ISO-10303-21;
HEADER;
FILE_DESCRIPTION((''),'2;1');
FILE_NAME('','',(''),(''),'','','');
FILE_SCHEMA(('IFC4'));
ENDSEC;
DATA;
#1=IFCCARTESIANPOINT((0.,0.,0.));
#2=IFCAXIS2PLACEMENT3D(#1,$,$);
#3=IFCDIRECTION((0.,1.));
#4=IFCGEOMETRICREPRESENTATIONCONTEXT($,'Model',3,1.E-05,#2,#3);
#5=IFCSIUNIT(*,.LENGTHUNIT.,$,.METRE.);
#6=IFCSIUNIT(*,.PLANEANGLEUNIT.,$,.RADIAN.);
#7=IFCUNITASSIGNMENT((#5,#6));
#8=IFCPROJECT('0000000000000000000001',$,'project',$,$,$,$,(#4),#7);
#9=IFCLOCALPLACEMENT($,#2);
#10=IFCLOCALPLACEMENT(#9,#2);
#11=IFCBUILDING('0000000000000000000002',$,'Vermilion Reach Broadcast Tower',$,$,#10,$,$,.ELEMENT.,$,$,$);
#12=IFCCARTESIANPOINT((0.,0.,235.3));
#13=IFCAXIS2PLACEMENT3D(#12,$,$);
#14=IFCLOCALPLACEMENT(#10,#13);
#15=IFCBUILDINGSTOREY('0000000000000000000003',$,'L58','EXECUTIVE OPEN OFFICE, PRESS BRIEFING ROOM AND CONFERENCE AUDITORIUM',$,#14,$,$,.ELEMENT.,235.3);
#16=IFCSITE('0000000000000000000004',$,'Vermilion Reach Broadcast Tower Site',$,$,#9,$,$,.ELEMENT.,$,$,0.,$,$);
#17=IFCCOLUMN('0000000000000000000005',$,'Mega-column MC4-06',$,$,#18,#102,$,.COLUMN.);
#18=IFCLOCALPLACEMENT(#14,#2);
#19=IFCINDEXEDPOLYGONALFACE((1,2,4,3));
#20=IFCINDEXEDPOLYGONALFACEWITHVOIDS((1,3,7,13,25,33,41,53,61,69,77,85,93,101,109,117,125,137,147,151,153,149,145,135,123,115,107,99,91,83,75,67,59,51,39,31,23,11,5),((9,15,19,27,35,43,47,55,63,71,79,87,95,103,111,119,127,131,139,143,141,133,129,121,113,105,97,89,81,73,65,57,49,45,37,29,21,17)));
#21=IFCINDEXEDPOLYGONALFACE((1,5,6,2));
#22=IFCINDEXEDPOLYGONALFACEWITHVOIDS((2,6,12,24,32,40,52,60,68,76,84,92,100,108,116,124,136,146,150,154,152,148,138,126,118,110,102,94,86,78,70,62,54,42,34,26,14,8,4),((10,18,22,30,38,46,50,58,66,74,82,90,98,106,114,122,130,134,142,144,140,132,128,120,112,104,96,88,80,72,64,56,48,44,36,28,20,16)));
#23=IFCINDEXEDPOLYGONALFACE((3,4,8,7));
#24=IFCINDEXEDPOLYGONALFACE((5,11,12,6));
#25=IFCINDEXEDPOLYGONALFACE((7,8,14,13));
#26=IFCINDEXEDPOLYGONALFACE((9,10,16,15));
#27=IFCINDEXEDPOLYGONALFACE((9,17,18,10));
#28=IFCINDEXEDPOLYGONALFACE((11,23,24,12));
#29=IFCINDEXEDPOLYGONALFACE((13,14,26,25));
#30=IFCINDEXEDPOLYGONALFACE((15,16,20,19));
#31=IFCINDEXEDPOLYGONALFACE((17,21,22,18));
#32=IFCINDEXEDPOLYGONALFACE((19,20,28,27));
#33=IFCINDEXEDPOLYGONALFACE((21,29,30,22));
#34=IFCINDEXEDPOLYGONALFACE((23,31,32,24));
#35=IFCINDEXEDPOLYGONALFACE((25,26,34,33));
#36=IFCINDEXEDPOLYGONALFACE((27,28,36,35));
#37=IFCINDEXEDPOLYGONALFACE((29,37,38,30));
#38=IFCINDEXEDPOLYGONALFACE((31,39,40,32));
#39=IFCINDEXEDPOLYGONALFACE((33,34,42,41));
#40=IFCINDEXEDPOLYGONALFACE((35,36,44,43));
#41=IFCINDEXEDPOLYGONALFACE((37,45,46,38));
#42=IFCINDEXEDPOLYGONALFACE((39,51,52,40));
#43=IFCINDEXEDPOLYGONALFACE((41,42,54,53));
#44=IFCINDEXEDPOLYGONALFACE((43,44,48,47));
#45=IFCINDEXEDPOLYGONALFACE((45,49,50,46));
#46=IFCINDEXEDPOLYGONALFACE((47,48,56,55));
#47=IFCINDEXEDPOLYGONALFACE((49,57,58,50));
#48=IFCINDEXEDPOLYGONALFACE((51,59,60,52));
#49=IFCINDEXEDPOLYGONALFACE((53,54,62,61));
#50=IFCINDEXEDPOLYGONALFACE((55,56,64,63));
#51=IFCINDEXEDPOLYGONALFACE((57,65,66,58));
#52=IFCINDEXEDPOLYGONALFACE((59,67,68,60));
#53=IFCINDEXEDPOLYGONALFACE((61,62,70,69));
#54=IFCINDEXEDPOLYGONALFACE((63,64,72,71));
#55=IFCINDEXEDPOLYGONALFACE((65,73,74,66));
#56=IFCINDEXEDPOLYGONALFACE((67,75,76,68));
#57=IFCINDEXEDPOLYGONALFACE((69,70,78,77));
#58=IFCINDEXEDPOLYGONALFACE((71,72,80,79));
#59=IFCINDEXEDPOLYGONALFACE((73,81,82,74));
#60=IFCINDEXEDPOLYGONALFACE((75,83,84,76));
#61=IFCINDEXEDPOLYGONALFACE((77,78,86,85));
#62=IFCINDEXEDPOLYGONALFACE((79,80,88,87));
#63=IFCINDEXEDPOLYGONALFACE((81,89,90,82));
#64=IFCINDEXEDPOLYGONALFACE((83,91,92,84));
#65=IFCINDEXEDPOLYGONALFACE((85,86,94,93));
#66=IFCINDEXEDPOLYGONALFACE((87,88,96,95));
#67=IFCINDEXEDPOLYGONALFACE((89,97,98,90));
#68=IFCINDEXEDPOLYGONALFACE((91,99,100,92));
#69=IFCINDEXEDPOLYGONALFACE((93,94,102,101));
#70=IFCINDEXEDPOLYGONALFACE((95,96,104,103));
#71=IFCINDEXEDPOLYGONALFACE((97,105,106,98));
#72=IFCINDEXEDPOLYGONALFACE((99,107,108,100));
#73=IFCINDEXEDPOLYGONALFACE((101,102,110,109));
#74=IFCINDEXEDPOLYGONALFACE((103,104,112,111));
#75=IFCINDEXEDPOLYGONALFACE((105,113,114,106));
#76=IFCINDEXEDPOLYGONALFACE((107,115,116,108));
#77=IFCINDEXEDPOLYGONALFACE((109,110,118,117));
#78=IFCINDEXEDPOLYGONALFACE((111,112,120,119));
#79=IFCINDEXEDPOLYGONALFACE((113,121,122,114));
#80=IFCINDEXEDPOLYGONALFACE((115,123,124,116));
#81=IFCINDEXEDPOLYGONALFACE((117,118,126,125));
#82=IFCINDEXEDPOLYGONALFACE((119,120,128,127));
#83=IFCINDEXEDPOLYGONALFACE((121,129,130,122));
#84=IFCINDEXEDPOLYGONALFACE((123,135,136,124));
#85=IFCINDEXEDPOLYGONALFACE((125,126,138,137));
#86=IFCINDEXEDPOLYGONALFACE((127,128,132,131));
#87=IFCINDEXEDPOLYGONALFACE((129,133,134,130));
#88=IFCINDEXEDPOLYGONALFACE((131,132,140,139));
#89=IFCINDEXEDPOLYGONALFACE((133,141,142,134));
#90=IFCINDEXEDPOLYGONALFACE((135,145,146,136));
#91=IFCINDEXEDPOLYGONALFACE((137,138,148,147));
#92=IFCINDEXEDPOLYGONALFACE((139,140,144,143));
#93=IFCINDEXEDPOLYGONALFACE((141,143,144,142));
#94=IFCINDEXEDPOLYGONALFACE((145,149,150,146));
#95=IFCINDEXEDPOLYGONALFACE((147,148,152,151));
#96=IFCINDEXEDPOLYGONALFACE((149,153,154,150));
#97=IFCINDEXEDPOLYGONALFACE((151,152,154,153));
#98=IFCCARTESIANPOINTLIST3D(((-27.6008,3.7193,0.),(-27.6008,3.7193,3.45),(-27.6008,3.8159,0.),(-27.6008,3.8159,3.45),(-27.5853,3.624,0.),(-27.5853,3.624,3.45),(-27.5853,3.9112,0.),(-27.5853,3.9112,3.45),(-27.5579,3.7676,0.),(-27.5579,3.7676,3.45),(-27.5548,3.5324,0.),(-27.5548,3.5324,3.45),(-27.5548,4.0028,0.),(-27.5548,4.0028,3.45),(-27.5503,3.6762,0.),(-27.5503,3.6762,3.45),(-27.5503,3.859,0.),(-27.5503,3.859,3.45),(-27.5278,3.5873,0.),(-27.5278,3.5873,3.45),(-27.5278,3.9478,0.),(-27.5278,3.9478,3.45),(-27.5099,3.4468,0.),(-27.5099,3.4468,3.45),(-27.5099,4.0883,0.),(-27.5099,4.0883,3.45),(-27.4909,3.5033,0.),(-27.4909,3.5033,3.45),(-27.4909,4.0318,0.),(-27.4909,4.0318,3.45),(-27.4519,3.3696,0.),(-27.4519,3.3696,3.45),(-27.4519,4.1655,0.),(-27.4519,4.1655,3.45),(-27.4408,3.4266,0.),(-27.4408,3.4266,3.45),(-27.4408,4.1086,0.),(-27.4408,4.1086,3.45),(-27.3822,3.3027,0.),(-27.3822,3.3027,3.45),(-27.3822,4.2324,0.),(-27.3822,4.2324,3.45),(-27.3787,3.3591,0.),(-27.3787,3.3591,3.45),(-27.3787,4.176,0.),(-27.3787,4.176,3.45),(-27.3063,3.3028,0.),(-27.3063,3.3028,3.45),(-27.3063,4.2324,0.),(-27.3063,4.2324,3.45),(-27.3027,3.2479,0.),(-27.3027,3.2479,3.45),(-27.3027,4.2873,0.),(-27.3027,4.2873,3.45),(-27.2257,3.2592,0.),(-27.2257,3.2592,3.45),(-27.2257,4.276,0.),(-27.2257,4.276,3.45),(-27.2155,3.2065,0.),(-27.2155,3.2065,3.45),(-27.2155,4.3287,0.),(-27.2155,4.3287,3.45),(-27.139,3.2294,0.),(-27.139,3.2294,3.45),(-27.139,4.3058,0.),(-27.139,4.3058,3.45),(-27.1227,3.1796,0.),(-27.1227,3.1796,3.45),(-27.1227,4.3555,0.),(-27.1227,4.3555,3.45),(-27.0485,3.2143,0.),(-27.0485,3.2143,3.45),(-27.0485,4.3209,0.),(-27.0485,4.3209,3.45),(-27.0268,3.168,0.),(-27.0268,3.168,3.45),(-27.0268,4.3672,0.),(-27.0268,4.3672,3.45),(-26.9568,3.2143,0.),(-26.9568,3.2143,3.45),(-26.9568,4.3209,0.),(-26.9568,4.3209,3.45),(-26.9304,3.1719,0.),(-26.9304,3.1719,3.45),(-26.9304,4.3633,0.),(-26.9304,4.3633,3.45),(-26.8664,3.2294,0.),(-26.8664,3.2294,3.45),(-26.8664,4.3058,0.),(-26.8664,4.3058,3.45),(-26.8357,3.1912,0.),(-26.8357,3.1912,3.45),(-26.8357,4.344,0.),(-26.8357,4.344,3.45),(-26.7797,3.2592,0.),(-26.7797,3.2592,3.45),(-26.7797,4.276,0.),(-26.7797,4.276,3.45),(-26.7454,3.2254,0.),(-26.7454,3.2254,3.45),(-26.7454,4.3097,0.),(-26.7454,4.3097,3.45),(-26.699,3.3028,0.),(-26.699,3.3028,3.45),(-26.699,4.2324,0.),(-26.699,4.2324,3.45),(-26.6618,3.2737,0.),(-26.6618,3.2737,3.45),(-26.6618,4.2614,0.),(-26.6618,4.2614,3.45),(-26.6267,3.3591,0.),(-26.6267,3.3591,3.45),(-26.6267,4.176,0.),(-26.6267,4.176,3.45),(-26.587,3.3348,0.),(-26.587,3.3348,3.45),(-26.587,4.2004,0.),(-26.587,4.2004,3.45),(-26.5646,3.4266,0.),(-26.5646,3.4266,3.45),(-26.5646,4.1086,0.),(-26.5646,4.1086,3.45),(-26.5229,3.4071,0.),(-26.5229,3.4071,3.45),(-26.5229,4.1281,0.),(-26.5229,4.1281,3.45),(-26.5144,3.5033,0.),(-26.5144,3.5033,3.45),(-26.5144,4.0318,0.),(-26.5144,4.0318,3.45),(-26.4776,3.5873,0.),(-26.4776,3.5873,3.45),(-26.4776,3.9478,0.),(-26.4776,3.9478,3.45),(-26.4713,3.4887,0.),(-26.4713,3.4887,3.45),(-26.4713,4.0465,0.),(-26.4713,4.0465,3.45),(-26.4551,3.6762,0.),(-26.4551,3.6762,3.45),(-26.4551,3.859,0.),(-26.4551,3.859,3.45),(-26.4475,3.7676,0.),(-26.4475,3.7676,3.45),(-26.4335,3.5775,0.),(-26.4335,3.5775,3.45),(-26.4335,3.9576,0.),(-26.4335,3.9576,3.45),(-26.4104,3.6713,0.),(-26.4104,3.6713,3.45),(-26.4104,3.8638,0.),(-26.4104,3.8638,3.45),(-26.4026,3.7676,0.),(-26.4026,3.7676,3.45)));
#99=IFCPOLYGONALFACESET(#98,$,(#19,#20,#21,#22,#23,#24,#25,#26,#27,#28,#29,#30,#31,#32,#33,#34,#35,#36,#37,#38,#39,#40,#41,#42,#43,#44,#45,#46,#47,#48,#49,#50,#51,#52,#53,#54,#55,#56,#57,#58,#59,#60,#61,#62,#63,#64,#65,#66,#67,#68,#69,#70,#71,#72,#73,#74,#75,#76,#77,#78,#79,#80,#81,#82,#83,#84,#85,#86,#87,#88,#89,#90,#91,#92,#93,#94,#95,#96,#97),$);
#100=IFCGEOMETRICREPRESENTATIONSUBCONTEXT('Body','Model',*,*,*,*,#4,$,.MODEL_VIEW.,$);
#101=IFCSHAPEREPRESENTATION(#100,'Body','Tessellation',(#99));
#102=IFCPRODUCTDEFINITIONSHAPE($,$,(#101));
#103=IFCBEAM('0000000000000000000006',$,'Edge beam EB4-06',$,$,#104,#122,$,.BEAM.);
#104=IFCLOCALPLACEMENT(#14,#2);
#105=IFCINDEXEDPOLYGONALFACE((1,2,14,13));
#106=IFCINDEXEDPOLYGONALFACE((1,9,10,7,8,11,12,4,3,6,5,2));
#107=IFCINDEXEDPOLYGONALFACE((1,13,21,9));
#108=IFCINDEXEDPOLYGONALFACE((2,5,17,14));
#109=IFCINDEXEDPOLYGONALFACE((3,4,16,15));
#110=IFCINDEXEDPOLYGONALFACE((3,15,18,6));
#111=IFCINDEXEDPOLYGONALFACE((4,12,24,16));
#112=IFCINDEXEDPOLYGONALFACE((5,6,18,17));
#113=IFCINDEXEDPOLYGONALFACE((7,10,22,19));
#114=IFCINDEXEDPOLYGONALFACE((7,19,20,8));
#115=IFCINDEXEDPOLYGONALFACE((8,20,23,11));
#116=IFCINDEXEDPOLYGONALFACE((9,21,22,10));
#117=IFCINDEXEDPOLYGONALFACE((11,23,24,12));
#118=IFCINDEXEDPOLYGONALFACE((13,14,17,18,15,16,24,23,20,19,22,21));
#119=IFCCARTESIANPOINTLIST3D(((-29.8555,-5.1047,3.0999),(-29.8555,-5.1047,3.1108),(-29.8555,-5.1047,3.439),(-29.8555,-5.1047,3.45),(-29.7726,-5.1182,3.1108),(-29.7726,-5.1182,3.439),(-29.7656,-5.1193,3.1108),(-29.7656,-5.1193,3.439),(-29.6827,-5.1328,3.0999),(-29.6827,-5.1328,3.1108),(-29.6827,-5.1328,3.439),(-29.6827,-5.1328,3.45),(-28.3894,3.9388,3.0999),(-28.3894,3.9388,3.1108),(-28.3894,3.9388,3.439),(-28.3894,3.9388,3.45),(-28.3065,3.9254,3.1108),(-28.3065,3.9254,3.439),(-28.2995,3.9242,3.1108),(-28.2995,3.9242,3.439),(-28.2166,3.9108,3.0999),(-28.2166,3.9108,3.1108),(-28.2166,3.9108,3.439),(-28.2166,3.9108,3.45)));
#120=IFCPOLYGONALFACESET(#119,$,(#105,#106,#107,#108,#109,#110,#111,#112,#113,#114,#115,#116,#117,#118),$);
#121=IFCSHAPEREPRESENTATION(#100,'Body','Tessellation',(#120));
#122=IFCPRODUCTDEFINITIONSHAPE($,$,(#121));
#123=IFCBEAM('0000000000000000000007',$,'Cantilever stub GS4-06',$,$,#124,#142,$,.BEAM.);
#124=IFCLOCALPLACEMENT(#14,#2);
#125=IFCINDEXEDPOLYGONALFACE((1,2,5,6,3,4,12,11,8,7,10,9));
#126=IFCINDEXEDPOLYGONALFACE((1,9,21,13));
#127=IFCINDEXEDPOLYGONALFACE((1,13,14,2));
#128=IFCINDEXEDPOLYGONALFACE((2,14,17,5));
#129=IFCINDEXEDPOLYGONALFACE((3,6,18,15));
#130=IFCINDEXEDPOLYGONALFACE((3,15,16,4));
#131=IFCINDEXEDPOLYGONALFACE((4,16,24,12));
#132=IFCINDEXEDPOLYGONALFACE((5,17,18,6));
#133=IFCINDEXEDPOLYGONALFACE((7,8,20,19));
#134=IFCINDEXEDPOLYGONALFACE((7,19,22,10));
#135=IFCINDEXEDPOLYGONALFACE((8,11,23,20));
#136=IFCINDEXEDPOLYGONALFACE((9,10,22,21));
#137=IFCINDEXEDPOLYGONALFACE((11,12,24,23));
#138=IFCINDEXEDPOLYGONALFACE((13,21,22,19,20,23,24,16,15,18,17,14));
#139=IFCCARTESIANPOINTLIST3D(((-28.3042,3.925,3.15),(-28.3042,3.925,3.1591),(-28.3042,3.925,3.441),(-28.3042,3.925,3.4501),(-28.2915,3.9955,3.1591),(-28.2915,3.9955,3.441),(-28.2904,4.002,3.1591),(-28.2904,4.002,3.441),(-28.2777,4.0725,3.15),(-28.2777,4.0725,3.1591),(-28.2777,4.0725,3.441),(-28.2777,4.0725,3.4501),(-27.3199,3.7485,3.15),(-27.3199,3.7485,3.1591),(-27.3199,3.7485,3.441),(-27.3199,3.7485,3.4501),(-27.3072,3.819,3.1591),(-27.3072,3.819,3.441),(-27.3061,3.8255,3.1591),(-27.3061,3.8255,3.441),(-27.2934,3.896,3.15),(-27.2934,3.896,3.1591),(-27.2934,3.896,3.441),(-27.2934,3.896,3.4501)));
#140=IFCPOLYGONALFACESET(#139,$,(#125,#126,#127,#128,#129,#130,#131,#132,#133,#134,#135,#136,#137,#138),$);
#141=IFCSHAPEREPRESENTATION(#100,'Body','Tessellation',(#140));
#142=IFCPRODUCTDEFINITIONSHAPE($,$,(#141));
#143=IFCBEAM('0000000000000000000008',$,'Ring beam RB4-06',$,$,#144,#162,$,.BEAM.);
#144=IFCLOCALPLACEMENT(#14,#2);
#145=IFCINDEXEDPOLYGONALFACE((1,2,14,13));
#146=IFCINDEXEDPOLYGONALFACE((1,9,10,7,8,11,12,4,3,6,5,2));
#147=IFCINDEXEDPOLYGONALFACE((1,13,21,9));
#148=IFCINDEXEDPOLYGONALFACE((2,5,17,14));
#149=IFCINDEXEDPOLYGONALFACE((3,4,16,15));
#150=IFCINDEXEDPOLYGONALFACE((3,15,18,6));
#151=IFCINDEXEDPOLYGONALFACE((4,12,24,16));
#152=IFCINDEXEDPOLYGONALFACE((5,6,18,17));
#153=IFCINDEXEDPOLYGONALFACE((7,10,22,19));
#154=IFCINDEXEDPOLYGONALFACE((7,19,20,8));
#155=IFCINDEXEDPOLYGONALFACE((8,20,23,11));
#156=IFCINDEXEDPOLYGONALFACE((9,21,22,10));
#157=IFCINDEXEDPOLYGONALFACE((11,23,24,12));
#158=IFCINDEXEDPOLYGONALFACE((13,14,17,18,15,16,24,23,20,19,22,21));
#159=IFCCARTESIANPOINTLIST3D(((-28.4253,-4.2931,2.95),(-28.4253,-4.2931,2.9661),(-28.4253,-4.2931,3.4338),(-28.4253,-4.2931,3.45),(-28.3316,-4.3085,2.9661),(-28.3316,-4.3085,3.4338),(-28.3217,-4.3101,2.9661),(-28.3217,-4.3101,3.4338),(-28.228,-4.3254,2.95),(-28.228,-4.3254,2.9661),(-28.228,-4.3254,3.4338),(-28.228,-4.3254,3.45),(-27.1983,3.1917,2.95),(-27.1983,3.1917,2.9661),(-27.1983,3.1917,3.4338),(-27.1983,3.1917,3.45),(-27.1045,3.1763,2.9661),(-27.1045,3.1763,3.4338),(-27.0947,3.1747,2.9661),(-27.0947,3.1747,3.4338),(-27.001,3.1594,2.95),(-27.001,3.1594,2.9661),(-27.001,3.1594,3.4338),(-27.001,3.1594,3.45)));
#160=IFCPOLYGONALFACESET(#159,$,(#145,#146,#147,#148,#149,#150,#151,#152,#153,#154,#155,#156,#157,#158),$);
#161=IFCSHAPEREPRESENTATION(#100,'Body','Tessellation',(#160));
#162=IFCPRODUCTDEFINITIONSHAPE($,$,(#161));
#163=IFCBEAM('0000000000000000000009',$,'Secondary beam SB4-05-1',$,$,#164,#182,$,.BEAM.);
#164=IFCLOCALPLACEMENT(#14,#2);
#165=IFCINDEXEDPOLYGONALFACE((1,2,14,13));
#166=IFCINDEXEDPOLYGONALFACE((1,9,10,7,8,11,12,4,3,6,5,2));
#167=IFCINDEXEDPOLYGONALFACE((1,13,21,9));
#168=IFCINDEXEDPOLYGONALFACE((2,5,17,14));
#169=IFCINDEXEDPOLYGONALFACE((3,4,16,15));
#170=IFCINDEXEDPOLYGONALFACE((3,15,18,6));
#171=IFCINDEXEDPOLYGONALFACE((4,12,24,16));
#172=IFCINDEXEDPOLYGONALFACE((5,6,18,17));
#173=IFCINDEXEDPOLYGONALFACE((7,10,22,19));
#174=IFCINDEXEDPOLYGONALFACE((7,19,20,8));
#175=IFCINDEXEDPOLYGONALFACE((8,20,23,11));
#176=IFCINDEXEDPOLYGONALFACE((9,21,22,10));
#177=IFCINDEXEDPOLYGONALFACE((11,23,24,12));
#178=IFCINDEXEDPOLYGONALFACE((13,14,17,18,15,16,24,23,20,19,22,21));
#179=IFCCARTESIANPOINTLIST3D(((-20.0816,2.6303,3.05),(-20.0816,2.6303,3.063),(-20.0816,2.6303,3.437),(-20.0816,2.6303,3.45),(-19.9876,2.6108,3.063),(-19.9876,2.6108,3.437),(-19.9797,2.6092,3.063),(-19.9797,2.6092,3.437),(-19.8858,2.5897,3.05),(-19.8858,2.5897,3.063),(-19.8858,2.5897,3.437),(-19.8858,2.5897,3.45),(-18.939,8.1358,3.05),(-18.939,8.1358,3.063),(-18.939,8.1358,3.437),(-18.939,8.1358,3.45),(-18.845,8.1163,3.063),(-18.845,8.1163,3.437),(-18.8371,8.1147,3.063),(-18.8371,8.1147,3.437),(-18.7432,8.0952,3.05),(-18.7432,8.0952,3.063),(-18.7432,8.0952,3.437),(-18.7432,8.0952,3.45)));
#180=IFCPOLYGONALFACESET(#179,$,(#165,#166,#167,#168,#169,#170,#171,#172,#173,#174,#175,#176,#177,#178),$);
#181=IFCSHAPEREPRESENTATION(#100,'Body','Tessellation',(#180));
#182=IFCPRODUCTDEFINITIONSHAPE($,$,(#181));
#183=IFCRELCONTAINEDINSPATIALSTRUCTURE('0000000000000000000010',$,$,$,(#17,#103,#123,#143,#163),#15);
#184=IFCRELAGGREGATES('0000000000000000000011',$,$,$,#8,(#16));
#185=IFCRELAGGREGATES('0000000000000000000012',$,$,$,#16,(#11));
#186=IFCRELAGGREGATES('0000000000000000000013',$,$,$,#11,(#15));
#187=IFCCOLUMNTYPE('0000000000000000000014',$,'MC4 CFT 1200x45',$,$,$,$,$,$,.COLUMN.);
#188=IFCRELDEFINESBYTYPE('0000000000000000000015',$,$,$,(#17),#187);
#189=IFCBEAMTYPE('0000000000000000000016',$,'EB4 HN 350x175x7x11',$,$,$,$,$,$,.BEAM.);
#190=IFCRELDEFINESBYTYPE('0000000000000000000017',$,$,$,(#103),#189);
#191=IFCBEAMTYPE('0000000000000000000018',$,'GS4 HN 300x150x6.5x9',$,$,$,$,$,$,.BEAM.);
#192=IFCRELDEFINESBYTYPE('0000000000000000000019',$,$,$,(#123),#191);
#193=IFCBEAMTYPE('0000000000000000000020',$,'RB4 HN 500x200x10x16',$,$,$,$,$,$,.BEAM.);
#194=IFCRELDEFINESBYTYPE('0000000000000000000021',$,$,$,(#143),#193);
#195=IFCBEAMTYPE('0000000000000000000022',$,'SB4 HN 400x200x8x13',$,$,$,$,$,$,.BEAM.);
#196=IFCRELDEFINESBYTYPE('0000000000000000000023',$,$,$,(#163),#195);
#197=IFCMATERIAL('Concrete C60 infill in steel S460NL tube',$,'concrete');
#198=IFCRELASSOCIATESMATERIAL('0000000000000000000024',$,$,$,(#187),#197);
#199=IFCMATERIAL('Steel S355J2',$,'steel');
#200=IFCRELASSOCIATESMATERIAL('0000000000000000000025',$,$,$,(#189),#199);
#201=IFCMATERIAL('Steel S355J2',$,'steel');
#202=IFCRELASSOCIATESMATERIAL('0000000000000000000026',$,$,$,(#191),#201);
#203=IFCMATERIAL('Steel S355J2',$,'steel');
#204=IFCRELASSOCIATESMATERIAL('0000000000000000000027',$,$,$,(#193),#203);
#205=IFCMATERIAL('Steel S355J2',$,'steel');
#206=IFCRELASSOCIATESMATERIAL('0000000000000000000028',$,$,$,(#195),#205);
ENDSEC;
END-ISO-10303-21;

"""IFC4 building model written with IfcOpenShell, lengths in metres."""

from ifc_helpers import new_model, si_unit, direction, frame, origin, origin_2d, place, context, subcontext, project, spatial, hollow_circle, i_section, extrude, material, material_profile, profile_set, type_object, element, save


model = new_model("IFC4")

# Units and contexts
model_context = context("Model", 3, precision=1e-05, world=origin(), true_north=direction((0.0, 1.0)))
body_context = subcontext(model_context, "Body", "Model", "MODEL_VIEW")
ifc_project = project(units=[si_unit("LENGTHUNIT", "METRE"), si_unit("PLANEANGLEUNIT", "RADIAN")], contexts=[model_context])

# Site, building, storey
site_placement = place(None, origin())
site = spatial("IfcSite", under=ifc_project, at=site_placement, Name="Vermilion Reach Broadcast Tower Site", CompositionType="ELEMENT", RefElevation=0.0)
building_placement = place(site_placement, origin())
building = spatial("IfcBuilding", under=site, at=building_placement, Name="Vermilion Reach Broadcast Tower", CompositionType="ELEMENT")
storey_placement = place(building_placement, frame((0.0, 0.0, 235.3)))
storey = spatial("IfcBuildingStorey", under=building, at=storey_placement, Name="L58", Description="EXECUTIVE OPEN OFFICE, PRESS BRIEFING ROOM AND CONFERENCE AUDITORIUM", CompositionType="ELEMENT", Elevation=235.3)

# Column
ifc_material_1 = material(Name="Concrete C60 infill in steel S460NL tube", Category="concrete")
ifc_material_profile_1 = material_profile(ifc_material_1, hollow_circle(Radius=0.6001, WallThickness=0.0449, at=origin_2d()), Name="Concrete C60 infill in steel S460NL tube CFT 1200x45")
ifc_profile_set_1 = profile_set([ifc_material_profile_1], Name="Concrete C60 infill in steel S460NL tube")
column_type = type_object("IfcColumnType", Name="MC4 CFT 1200x45", PredefinedType="COLUMN", material=ifc_profile_set_1)
column_placement = place(storey_placement, frame((-27.0027, 3.7676, 0.0), z_axis=(0.0, 0.0, 1.0), x_axis=(1.0, 0.0, 0.0)))
element("IfcColumn", 1, at=column_placement, inside=storey, type_object=column_type, Name="Mega-column MC4-06", PredefinedType="COLUMN", context=body_context, shape_type="SweptSolid", body=[
    extrude(hollow_circle(Radius=0.6001, WallThickness=0.0449, at=origin_2d()), origin(), (0.0, 0.0, 1.0), 3.45),
])

# Beams
ifc_material_2 = material(Name="Steel S355J2", Category="steel")
ifc_material_profile_2 = material_profile(ifc_material_2, i_section(OverallWidth=0.175, OverallDepth=0.3501, WebThickness=0.0071, FlangeThickness=0.011, at=origin_2d()), Name="S355J2 HN 350x175x7x11")
ifc_profile_set_2 = profile_set([ifc_material_profile_2], Name="Steel S355J2")
beam_type_1 = type_object("IfcBeamType", Name="EB4 HN 350x175x7x11", PredefinedType="BEAM", material=ifc_profile_set_2)
beam_1_placement = place(storey_placement, frame((-28.303, 3.9248, 3.2749), z_axis=(-0.160024, -0.987113, 0.0), x_axis=(0.987113, -0.160024, 0.0)))
element("IfcBeam", 2, at=beam_1_placement, inside=storey, type_object=beam_type_1, Name="Edge beam EB4-06", PredefinedType="BEAM", context=body_context, shape_type="SweptSolid", body=[
    extrude(i_section(OverallWidth=0.175, OverallDepth=0.3501, WebThickness=0.0071, FlangeThickness=0.011, at=origin_2d()), origin(), (0.0, 0.0, 1.0), 9.1616),
])
ifc_material_3 = material(Name="Steel S355J2", Category="steel")
ifc_material_profile_3 = material_profile(ifc_material_3, i_section(OverallWidth=0.1499, OverallDepth=0.3, WebThickness=0.0066, FlangeThickness=0.009, at=origin_2d()), Name="S355J2 HN 300x150x6.5x9")
ifc_profile_set_3 = profile_set([ifc_material_profile_3], Name="Steel S355J2")
beam_type_2 = type_object("IfcBeamType", Name="GS4 HN 300x150x6.5x9", PredefinedType="BEAM", material=ifc_profile_set_3)
beam_2_placement = place(storey_placement, frame((-27.3066, 3.8223, 3.3), z_axis=(-0.984301, 0.1765, 0.0), x_axis=(-0.1765, -0.984301, 0.0)))
element("IfcBeam", 3, at=beam_2_placement, inside=storey, type_object=beam_type_2, Name="Cantilever stub GS4-06", PredefinedType="BEAM", context=body_context, shape_type="SweptSolid", body=[
    extrude(i_section(OverallWidth=0.1499, OverallDepth=0.3, WebThickness=0.0066, FlangeThickness=0.009, at=origin_2d()), origin(), (0.0, 0.0, 1.0), 1.0),
])
ifc_material_4 = material(Name="Steel S355J2", Category="steel")
ifc_material_profile_4 = material_profile(ifc_material_4, i_section(OverallWidth=0.2, OverallDepth=0.5, WebThickness=0.01, FlangeThickness=0.0161, at=origin_2d()), Name="S355J2 HN 500x200x10x16")
ifc_profile_set_4 = profile_set([ifc_material_profile_4], Name="Steel S355J2")
beam_type_3 = type_object("IfcBeamType", Name="RB4 HN 500x200x10x16", PredefinedType="BEAM", material=ifc_profile_set_4)
beam_3_placement = place(storey_placement, frame((-27.0996, 3.1755, 3.2), z_axis=(-0.161778, -0.986827, 0.0), x_axis=(0.986827, -0.161778, 0.0)))
element("IfcBeam", 4, at=beam_3_placement, inside=storey, type_object=beam_type_3, Name="Ring beam RB4-06", PredefinedType="BEAM", context=body_context, shape_type="SweptSolid", body=[
    extrude(i_section(OverallWidth=0.2, OverallDepth=0.5, WebThickness=0.01, FlangeThickness=0.0161, at=origin_2d()), origin(), (0.0, 0.0, 1.0), 7.5847),
])
ifc_material_5 = material(Name="Steel S355J2", Category="steel")
ifc_material_profile_5 = material_profile(ifc_material_5, i_section(OverallWidth=0.2, OverallDepth=0.3999, WebThickness=0.0081, FlangeThickness=0.0129, at=origin_2d()), Name="S355J2 HN 400x200x8x13")
ifc_profile_set_5 = profile_set([ifc_material_profile_5], Name="Steel S355J2")
beam_type_4 = type_object("IfcBeamType", Name="SB4 HN 400x200x8x13", PredefinedType="BEAM", material=ifc_profile_set_5)
beam_4_placement = place(storey_placement, frame((-18.8411, 8.1155, 3.25), z_axis=(-0.203209, -0.979135, 0.0), x_axis=(0.979135, -0.203209, 0.0)))
element("IfcBeam", 5, at=beam_4_placement, inside=storey, type_object=beam_type_4, Name="Secondary beam SB4-05-1", PredefinedType="BEAM", context=body_context, shape_type="SweptSolid", body=[
    extrude(i_section(OverallWidth=0.2, OverallDepth=0.3999, WebThickness=0.0081, FlangeThickness=0.0129, at=origin_2d()), origin(), (0.0, 0.0, 1.0), 5.6228),
])

save(model, "model.ifc")
